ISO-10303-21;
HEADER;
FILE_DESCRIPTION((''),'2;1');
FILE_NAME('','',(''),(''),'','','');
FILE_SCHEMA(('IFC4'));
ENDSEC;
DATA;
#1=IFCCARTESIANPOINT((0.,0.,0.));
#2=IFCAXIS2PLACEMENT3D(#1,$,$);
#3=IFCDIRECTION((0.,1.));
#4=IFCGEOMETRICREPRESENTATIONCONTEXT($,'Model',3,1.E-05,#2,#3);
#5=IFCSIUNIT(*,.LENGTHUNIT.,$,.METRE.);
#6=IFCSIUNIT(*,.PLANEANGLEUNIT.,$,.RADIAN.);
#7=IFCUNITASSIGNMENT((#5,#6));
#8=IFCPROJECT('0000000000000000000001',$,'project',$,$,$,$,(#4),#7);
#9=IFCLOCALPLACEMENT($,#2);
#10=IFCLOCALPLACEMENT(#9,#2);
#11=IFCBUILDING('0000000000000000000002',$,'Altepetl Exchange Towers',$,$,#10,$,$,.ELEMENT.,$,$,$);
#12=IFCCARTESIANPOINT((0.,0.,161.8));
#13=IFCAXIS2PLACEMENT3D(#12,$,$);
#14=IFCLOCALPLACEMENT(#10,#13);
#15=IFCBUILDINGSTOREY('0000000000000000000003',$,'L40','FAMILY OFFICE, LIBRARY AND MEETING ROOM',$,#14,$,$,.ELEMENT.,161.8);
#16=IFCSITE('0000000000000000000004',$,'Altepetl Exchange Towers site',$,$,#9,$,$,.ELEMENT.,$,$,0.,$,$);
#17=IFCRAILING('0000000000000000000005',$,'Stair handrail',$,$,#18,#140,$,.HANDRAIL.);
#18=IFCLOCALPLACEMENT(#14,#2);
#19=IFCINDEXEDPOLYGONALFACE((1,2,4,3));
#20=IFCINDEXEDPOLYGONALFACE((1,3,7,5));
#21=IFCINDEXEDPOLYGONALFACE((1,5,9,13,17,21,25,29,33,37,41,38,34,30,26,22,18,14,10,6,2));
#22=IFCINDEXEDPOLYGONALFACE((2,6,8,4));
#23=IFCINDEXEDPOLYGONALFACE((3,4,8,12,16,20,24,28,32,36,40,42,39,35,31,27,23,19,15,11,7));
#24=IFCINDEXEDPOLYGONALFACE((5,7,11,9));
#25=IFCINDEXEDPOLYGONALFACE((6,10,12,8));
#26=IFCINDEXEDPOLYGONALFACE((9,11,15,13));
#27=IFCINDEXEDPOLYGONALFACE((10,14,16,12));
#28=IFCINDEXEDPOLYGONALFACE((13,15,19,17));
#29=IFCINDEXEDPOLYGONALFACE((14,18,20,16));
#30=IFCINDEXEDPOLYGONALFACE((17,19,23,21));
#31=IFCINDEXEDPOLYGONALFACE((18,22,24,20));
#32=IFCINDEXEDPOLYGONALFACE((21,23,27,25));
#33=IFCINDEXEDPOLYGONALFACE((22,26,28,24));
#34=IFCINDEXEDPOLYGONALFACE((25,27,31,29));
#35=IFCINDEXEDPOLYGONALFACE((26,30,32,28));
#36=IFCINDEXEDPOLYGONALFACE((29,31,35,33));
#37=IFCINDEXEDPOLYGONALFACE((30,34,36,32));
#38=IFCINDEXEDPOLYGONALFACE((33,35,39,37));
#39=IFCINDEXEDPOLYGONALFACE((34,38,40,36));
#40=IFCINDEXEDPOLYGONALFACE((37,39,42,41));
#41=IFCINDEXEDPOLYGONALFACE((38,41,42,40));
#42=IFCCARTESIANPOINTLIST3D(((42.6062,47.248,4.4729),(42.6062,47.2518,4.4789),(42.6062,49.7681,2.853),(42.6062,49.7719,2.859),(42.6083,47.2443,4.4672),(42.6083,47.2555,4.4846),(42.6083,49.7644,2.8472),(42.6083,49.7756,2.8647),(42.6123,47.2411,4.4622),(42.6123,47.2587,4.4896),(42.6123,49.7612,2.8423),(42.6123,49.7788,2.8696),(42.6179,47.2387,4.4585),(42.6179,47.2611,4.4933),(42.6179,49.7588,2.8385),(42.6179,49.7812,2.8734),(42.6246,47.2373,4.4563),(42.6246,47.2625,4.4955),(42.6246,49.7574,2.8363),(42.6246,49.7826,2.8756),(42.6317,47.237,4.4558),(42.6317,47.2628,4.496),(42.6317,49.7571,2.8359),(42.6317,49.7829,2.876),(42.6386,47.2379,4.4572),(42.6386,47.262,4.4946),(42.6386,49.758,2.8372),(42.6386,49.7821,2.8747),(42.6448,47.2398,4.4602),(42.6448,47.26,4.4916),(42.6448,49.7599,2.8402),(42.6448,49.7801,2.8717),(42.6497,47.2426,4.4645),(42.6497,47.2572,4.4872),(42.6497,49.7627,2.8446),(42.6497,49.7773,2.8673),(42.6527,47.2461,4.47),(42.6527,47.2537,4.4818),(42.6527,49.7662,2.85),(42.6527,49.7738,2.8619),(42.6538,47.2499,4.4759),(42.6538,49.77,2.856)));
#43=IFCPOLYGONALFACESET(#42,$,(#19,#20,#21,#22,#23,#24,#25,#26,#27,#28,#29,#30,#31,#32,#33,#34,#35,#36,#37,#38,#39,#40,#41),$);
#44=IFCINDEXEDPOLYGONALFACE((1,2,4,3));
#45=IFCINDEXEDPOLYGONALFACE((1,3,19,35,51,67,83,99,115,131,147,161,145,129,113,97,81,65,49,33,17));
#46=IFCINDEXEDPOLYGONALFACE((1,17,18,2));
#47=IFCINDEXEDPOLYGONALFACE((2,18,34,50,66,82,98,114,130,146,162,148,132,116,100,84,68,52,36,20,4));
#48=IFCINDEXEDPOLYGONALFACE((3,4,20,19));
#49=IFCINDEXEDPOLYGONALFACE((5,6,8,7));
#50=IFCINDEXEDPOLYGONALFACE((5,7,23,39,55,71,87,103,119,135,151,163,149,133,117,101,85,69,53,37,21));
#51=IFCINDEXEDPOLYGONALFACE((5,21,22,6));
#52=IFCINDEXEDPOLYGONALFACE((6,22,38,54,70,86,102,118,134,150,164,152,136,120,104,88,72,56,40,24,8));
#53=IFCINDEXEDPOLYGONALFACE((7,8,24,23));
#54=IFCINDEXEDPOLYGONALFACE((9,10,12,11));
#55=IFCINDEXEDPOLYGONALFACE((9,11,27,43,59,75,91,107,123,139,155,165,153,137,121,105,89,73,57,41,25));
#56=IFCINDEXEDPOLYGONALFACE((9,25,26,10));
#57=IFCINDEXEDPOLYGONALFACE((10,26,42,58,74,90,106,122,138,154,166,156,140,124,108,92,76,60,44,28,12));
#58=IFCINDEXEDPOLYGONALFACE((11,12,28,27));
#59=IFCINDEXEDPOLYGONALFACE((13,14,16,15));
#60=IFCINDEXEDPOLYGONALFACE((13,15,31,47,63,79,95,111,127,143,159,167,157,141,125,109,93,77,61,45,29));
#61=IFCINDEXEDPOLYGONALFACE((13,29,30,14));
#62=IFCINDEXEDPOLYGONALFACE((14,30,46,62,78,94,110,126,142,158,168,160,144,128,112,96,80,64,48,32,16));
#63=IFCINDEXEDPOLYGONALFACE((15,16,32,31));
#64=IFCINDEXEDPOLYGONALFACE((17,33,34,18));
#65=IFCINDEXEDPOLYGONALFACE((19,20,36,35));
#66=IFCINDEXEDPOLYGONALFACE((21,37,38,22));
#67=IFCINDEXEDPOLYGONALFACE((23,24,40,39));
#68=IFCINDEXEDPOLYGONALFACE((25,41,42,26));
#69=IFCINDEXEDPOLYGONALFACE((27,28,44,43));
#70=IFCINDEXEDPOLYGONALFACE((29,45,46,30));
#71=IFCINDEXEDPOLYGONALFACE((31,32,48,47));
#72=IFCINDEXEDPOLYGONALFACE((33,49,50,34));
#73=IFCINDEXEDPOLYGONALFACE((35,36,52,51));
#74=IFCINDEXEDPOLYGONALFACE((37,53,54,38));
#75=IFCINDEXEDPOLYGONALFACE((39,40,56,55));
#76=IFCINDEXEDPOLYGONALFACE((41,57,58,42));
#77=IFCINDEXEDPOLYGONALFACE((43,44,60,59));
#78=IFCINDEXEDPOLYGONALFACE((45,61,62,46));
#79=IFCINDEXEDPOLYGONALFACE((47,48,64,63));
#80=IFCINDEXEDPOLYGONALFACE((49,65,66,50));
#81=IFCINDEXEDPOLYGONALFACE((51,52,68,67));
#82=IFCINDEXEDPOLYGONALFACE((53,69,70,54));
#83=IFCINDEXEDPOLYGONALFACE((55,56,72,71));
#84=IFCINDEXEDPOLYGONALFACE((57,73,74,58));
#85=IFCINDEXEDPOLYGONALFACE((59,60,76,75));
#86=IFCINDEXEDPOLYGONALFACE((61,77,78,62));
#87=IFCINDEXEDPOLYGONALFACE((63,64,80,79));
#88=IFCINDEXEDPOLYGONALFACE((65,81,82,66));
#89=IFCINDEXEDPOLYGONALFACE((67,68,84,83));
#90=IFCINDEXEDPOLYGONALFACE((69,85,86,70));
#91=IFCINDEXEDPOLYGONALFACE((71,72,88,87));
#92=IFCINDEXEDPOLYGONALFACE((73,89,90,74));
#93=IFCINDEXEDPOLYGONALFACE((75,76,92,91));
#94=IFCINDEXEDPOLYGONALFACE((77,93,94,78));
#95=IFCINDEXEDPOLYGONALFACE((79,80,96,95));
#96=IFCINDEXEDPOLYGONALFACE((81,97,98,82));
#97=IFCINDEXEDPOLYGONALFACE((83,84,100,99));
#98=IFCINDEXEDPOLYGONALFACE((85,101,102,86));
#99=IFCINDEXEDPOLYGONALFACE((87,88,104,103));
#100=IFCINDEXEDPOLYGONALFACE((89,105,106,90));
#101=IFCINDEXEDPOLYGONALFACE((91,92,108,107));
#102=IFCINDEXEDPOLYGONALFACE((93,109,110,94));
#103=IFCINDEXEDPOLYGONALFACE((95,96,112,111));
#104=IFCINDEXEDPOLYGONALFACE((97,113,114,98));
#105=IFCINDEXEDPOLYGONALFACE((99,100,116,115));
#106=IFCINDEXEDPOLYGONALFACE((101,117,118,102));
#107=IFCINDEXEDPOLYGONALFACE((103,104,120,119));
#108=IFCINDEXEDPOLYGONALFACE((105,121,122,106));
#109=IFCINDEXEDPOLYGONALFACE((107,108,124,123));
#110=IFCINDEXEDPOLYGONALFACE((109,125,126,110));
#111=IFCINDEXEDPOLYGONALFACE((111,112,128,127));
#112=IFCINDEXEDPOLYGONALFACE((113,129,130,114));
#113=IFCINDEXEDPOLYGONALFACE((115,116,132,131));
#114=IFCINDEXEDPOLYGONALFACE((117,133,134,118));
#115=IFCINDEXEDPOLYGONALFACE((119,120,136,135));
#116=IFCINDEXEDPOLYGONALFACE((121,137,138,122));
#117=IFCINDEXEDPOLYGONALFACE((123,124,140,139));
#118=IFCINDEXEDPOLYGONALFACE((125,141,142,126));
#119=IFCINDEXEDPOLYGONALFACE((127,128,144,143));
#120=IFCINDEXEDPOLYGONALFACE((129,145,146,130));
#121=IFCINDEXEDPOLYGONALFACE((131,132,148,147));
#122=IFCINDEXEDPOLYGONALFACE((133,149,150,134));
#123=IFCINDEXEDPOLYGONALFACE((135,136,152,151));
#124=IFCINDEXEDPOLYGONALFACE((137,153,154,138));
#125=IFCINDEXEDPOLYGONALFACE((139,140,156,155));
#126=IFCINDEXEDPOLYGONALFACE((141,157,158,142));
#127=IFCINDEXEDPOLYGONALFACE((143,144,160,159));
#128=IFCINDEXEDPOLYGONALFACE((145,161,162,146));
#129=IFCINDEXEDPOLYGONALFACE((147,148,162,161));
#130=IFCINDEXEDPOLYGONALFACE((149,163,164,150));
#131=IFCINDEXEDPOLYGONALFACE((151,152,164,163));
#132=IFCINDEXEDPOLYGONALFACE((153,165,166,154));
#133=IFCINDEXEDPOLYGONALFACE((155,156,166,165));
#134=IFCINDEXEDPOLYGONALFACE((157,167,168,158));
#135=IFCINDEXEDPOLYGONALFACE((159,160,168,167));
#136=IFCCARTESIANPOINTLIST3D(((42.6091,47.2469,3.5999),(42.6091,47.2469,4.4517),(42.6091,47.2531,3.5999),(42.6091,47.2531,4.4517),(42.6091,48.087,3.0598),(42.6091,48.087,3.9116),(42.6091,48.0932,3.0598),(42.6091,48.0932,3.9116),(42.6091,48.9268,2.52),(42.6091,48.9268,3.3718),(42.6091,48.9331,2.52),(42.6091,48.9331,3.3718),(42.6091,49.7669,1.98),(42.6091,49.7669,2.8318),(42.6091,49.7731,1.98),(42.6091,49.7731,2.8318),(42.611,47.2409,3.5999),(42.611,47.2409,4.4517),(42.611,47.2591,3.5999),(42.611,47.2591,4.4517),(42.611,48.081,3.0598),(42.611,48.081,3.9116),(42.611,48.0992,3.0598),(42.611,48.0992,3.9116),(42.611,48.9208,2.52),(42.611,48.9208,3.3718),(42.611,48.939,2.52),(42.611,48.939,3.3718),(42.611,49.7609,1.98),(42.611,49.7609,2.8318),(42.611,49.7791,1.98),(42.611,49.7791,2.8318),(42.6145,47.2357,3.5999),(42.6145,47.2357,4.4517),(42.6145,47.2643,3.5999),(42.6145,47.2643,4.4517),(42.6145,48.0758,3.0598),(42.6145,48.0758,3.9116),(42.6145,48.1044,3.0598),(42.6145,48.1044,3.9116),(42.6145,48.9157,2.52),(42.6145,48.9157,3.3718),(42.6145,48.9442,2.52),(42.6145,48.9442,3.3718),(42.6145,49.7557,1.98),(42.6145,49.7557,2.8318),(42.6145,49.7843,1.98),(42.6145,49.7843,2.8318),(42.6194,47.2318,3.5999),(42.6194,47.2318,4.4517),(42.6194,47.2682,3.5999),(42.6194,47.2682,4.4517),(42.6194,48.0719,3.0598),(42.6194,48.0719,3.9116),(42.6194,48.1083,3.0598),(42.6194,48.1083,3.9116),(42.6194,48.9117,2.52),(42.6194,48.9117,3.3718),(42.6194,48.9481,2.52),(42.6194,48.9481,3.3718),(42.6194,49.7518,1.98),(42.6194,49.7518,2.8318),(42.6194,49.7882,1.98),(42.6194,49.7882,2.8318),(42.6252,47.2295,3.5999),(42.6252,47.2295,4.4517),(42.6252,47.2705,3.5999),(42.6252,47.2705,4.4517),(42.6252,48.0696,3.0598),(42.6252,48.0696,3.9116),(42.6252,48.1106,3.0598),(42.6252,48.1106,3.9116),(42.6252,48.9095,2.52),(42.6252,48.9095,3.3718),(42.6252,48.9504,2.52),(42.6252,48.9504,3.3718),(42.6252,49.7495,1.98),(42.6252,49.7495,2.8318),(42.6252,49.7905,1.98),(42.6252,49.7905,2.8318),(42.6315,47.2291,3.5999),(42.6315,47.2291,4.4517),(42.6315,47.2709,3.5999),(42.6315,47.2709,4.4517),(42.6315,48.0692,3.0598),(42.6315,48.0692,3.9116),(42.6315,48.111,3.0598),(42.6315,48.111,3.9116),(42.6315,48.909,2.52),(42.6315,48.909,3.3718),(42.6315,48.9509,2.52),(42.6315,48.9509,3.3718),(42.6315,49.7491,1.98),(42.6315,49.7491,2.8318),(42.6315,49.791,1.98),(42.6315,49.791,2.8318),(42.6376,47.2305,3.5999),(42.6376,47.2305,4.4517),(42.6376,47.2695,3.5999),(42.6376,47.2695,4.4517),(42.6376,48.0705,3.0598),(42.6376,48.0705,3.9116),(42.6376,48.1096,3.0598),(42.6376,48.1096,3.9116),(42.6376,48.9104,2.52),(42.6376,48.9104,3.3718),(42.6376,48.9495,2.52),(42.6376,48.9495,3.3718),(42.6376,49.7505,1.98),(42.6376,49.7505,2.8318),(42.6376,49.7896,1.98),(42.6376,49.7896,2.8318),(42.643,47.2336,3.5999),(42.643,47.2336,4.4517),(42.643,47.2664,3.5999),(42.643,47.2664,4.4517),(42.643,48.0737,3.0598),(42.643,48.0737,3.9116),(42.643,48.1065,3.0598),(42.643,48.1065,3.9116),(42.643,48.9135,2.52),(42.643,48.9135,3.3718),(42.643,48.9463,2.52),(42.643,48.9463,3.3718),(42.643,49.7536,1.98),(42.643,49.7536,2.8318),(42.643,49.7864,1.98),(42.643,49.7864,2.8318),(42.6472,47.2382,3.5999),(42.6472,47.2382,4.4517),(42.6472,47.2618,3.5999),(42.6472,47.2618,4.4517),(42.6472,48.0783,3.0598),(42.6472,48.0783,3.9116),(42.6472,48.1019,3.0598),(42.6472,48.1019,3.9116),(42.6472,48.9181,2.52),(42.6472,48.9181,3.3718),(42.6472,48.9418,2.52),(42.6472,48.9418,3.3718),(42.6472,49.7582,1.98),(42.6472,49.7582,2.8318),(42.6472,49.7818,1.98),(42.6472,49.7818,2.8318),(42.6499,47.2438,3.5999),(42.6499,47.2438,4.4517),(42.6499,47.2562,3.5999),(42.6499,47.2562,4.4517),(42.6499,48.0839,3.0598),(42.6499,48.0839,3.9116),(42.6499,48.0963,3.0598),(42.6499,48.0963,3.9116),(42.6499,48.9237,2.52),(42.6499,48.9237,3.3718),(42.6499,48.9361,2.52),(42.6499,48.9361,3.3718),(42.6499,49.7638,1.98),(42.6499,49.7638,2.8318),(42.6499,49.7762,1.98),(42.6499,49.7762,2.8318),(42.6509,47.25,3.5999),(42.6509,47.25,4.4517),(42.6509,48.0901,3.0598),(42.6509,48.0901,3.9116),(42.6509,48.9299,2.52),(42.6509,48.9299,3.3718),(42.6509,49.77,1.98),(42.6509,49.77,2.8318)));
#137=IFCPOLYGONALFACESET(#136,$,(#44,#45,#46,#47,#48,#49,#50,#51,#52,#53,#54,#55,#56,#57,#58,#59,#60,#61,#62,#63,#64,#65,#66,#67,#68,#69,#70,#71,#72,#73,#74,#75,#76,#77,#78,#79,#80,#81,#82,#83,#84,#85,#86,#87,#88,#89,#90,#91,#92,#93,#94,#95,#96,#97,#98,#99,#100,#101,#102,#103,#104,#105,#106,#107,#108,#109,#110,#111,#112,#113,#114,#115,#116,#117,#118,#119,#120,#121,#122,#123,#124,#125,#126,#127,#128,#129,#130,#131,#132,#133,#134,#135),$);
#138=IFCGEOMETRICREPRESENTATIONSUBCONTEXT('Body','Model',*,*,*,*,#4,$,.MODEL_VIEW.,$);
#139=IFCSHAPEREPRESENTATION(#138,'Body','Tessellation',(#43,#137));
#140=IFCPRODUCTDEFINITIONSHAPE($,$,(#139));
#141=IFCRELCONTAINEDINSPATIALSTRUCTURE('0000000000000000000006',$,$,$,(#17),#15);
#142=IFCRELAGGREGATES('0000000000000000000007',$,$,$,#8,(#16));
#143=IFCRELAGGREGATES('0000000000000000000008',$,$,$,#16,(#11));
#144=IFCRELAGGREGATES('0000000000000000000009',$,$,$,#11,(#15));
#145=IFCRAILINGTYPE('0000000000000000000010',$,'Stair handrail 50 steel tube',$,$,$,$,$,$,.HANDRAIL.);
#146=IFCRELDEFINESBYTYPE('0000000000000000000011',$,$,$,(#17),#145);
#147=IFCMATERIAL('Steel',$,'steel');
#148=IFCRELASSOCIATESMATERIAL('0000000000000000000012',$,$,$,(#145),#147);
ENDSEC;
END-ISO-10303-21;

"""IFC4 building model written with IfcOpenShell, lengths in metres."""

from ifc_helpers import new_model, si_unit, direction, frame, origin, origin_2d, place, context, subcontext, project, spatial, circle, extrude, source, transform, mapped, material, type_object, element, save


model = new_model("IFC4")

# Units and contexts
model_context = context("Model", 3, precision=1e-05, world=origin(), true_north=direction((0.0, 1.0)))
body_context = subcontext(model_context, "Body", "Model", "MODEL_VIEW")
ifc_project = project(units=[si_unit("LENGTHUNIT", "METRE"), si_unit("PLANEANGLEUNIT", "RADIAN")], contexts=[model_context])

# Site, building, storey
site_placement = place(None, origin())
site = spatial("IfcSite", under=ifc_project, at=site_placement, Name="Altepetl Exchange Towers site", CompositionType="ELEMENT", RefElevation=0.0)
building_placement = place(site_placement, origin())
building = spatial("IfcBuilding", under=site, at=building_placement, Name="Altepetl Exchange Towers", CompositionType="ELEMENT")
storey_placement = place(building_placement, frame((0.0, 0.0, 161.8)))
storey = spatial("IfcBuildingStorey", under=building, at=storey_placement, Name="L40", Description="FAMILY OFFICE, LIBRARY AND MEETING ROOM", CompositionType="ELEMENT", Elevation=161.8)

# Railing
ifc_material_1 = material(Name="Steel", Category="steel")
railing_type = type_object("IfcRailingType", Name="Stair handrail 50 steel tube", PredefinedType="HANDRAIL", material=ifc_material_1)
shared_shape = source(origin(), body_context, "Body", "SweptSolid", [
    extrude(circle(Radius=0.021, at=origin_2d()), origin(), (0.0, 0.0, 1.0), 0.8518),
])
railing_1_placement = place(storey_placement, frame((42.6299, 49.77, 1.98)))
element("IfcRailing", 1, at=railing_1_placement, inside=storey, type_object=railing_type, Name="Stair handrail", PredefinedType="HANDRAIL", context=body_context, shape_type="SweptSolid", body=[
    extrude(circle(Radius=0.0239, at=origin_2d()), frame((0.0, 0.0, 0.876), z_axis=(0.0, -0.8412, 0.540725), x_axis=(1.0, 0.0, 0.0)), (0.0, 0.0, 1.0), 2.9958),
    mapped(shared_shape, transform((0.0, 0.0, 0.0))),
    mapped(shared_shape, transform((0.0, -0.8401, 0.54))),
    mapped(shared_shape, transform((0.0, -1.6799, 1.0798))),
    mapped(shared_shape, transform((0.0, -2.52, 1.6199))),
])

save(model, "model.ifc")
